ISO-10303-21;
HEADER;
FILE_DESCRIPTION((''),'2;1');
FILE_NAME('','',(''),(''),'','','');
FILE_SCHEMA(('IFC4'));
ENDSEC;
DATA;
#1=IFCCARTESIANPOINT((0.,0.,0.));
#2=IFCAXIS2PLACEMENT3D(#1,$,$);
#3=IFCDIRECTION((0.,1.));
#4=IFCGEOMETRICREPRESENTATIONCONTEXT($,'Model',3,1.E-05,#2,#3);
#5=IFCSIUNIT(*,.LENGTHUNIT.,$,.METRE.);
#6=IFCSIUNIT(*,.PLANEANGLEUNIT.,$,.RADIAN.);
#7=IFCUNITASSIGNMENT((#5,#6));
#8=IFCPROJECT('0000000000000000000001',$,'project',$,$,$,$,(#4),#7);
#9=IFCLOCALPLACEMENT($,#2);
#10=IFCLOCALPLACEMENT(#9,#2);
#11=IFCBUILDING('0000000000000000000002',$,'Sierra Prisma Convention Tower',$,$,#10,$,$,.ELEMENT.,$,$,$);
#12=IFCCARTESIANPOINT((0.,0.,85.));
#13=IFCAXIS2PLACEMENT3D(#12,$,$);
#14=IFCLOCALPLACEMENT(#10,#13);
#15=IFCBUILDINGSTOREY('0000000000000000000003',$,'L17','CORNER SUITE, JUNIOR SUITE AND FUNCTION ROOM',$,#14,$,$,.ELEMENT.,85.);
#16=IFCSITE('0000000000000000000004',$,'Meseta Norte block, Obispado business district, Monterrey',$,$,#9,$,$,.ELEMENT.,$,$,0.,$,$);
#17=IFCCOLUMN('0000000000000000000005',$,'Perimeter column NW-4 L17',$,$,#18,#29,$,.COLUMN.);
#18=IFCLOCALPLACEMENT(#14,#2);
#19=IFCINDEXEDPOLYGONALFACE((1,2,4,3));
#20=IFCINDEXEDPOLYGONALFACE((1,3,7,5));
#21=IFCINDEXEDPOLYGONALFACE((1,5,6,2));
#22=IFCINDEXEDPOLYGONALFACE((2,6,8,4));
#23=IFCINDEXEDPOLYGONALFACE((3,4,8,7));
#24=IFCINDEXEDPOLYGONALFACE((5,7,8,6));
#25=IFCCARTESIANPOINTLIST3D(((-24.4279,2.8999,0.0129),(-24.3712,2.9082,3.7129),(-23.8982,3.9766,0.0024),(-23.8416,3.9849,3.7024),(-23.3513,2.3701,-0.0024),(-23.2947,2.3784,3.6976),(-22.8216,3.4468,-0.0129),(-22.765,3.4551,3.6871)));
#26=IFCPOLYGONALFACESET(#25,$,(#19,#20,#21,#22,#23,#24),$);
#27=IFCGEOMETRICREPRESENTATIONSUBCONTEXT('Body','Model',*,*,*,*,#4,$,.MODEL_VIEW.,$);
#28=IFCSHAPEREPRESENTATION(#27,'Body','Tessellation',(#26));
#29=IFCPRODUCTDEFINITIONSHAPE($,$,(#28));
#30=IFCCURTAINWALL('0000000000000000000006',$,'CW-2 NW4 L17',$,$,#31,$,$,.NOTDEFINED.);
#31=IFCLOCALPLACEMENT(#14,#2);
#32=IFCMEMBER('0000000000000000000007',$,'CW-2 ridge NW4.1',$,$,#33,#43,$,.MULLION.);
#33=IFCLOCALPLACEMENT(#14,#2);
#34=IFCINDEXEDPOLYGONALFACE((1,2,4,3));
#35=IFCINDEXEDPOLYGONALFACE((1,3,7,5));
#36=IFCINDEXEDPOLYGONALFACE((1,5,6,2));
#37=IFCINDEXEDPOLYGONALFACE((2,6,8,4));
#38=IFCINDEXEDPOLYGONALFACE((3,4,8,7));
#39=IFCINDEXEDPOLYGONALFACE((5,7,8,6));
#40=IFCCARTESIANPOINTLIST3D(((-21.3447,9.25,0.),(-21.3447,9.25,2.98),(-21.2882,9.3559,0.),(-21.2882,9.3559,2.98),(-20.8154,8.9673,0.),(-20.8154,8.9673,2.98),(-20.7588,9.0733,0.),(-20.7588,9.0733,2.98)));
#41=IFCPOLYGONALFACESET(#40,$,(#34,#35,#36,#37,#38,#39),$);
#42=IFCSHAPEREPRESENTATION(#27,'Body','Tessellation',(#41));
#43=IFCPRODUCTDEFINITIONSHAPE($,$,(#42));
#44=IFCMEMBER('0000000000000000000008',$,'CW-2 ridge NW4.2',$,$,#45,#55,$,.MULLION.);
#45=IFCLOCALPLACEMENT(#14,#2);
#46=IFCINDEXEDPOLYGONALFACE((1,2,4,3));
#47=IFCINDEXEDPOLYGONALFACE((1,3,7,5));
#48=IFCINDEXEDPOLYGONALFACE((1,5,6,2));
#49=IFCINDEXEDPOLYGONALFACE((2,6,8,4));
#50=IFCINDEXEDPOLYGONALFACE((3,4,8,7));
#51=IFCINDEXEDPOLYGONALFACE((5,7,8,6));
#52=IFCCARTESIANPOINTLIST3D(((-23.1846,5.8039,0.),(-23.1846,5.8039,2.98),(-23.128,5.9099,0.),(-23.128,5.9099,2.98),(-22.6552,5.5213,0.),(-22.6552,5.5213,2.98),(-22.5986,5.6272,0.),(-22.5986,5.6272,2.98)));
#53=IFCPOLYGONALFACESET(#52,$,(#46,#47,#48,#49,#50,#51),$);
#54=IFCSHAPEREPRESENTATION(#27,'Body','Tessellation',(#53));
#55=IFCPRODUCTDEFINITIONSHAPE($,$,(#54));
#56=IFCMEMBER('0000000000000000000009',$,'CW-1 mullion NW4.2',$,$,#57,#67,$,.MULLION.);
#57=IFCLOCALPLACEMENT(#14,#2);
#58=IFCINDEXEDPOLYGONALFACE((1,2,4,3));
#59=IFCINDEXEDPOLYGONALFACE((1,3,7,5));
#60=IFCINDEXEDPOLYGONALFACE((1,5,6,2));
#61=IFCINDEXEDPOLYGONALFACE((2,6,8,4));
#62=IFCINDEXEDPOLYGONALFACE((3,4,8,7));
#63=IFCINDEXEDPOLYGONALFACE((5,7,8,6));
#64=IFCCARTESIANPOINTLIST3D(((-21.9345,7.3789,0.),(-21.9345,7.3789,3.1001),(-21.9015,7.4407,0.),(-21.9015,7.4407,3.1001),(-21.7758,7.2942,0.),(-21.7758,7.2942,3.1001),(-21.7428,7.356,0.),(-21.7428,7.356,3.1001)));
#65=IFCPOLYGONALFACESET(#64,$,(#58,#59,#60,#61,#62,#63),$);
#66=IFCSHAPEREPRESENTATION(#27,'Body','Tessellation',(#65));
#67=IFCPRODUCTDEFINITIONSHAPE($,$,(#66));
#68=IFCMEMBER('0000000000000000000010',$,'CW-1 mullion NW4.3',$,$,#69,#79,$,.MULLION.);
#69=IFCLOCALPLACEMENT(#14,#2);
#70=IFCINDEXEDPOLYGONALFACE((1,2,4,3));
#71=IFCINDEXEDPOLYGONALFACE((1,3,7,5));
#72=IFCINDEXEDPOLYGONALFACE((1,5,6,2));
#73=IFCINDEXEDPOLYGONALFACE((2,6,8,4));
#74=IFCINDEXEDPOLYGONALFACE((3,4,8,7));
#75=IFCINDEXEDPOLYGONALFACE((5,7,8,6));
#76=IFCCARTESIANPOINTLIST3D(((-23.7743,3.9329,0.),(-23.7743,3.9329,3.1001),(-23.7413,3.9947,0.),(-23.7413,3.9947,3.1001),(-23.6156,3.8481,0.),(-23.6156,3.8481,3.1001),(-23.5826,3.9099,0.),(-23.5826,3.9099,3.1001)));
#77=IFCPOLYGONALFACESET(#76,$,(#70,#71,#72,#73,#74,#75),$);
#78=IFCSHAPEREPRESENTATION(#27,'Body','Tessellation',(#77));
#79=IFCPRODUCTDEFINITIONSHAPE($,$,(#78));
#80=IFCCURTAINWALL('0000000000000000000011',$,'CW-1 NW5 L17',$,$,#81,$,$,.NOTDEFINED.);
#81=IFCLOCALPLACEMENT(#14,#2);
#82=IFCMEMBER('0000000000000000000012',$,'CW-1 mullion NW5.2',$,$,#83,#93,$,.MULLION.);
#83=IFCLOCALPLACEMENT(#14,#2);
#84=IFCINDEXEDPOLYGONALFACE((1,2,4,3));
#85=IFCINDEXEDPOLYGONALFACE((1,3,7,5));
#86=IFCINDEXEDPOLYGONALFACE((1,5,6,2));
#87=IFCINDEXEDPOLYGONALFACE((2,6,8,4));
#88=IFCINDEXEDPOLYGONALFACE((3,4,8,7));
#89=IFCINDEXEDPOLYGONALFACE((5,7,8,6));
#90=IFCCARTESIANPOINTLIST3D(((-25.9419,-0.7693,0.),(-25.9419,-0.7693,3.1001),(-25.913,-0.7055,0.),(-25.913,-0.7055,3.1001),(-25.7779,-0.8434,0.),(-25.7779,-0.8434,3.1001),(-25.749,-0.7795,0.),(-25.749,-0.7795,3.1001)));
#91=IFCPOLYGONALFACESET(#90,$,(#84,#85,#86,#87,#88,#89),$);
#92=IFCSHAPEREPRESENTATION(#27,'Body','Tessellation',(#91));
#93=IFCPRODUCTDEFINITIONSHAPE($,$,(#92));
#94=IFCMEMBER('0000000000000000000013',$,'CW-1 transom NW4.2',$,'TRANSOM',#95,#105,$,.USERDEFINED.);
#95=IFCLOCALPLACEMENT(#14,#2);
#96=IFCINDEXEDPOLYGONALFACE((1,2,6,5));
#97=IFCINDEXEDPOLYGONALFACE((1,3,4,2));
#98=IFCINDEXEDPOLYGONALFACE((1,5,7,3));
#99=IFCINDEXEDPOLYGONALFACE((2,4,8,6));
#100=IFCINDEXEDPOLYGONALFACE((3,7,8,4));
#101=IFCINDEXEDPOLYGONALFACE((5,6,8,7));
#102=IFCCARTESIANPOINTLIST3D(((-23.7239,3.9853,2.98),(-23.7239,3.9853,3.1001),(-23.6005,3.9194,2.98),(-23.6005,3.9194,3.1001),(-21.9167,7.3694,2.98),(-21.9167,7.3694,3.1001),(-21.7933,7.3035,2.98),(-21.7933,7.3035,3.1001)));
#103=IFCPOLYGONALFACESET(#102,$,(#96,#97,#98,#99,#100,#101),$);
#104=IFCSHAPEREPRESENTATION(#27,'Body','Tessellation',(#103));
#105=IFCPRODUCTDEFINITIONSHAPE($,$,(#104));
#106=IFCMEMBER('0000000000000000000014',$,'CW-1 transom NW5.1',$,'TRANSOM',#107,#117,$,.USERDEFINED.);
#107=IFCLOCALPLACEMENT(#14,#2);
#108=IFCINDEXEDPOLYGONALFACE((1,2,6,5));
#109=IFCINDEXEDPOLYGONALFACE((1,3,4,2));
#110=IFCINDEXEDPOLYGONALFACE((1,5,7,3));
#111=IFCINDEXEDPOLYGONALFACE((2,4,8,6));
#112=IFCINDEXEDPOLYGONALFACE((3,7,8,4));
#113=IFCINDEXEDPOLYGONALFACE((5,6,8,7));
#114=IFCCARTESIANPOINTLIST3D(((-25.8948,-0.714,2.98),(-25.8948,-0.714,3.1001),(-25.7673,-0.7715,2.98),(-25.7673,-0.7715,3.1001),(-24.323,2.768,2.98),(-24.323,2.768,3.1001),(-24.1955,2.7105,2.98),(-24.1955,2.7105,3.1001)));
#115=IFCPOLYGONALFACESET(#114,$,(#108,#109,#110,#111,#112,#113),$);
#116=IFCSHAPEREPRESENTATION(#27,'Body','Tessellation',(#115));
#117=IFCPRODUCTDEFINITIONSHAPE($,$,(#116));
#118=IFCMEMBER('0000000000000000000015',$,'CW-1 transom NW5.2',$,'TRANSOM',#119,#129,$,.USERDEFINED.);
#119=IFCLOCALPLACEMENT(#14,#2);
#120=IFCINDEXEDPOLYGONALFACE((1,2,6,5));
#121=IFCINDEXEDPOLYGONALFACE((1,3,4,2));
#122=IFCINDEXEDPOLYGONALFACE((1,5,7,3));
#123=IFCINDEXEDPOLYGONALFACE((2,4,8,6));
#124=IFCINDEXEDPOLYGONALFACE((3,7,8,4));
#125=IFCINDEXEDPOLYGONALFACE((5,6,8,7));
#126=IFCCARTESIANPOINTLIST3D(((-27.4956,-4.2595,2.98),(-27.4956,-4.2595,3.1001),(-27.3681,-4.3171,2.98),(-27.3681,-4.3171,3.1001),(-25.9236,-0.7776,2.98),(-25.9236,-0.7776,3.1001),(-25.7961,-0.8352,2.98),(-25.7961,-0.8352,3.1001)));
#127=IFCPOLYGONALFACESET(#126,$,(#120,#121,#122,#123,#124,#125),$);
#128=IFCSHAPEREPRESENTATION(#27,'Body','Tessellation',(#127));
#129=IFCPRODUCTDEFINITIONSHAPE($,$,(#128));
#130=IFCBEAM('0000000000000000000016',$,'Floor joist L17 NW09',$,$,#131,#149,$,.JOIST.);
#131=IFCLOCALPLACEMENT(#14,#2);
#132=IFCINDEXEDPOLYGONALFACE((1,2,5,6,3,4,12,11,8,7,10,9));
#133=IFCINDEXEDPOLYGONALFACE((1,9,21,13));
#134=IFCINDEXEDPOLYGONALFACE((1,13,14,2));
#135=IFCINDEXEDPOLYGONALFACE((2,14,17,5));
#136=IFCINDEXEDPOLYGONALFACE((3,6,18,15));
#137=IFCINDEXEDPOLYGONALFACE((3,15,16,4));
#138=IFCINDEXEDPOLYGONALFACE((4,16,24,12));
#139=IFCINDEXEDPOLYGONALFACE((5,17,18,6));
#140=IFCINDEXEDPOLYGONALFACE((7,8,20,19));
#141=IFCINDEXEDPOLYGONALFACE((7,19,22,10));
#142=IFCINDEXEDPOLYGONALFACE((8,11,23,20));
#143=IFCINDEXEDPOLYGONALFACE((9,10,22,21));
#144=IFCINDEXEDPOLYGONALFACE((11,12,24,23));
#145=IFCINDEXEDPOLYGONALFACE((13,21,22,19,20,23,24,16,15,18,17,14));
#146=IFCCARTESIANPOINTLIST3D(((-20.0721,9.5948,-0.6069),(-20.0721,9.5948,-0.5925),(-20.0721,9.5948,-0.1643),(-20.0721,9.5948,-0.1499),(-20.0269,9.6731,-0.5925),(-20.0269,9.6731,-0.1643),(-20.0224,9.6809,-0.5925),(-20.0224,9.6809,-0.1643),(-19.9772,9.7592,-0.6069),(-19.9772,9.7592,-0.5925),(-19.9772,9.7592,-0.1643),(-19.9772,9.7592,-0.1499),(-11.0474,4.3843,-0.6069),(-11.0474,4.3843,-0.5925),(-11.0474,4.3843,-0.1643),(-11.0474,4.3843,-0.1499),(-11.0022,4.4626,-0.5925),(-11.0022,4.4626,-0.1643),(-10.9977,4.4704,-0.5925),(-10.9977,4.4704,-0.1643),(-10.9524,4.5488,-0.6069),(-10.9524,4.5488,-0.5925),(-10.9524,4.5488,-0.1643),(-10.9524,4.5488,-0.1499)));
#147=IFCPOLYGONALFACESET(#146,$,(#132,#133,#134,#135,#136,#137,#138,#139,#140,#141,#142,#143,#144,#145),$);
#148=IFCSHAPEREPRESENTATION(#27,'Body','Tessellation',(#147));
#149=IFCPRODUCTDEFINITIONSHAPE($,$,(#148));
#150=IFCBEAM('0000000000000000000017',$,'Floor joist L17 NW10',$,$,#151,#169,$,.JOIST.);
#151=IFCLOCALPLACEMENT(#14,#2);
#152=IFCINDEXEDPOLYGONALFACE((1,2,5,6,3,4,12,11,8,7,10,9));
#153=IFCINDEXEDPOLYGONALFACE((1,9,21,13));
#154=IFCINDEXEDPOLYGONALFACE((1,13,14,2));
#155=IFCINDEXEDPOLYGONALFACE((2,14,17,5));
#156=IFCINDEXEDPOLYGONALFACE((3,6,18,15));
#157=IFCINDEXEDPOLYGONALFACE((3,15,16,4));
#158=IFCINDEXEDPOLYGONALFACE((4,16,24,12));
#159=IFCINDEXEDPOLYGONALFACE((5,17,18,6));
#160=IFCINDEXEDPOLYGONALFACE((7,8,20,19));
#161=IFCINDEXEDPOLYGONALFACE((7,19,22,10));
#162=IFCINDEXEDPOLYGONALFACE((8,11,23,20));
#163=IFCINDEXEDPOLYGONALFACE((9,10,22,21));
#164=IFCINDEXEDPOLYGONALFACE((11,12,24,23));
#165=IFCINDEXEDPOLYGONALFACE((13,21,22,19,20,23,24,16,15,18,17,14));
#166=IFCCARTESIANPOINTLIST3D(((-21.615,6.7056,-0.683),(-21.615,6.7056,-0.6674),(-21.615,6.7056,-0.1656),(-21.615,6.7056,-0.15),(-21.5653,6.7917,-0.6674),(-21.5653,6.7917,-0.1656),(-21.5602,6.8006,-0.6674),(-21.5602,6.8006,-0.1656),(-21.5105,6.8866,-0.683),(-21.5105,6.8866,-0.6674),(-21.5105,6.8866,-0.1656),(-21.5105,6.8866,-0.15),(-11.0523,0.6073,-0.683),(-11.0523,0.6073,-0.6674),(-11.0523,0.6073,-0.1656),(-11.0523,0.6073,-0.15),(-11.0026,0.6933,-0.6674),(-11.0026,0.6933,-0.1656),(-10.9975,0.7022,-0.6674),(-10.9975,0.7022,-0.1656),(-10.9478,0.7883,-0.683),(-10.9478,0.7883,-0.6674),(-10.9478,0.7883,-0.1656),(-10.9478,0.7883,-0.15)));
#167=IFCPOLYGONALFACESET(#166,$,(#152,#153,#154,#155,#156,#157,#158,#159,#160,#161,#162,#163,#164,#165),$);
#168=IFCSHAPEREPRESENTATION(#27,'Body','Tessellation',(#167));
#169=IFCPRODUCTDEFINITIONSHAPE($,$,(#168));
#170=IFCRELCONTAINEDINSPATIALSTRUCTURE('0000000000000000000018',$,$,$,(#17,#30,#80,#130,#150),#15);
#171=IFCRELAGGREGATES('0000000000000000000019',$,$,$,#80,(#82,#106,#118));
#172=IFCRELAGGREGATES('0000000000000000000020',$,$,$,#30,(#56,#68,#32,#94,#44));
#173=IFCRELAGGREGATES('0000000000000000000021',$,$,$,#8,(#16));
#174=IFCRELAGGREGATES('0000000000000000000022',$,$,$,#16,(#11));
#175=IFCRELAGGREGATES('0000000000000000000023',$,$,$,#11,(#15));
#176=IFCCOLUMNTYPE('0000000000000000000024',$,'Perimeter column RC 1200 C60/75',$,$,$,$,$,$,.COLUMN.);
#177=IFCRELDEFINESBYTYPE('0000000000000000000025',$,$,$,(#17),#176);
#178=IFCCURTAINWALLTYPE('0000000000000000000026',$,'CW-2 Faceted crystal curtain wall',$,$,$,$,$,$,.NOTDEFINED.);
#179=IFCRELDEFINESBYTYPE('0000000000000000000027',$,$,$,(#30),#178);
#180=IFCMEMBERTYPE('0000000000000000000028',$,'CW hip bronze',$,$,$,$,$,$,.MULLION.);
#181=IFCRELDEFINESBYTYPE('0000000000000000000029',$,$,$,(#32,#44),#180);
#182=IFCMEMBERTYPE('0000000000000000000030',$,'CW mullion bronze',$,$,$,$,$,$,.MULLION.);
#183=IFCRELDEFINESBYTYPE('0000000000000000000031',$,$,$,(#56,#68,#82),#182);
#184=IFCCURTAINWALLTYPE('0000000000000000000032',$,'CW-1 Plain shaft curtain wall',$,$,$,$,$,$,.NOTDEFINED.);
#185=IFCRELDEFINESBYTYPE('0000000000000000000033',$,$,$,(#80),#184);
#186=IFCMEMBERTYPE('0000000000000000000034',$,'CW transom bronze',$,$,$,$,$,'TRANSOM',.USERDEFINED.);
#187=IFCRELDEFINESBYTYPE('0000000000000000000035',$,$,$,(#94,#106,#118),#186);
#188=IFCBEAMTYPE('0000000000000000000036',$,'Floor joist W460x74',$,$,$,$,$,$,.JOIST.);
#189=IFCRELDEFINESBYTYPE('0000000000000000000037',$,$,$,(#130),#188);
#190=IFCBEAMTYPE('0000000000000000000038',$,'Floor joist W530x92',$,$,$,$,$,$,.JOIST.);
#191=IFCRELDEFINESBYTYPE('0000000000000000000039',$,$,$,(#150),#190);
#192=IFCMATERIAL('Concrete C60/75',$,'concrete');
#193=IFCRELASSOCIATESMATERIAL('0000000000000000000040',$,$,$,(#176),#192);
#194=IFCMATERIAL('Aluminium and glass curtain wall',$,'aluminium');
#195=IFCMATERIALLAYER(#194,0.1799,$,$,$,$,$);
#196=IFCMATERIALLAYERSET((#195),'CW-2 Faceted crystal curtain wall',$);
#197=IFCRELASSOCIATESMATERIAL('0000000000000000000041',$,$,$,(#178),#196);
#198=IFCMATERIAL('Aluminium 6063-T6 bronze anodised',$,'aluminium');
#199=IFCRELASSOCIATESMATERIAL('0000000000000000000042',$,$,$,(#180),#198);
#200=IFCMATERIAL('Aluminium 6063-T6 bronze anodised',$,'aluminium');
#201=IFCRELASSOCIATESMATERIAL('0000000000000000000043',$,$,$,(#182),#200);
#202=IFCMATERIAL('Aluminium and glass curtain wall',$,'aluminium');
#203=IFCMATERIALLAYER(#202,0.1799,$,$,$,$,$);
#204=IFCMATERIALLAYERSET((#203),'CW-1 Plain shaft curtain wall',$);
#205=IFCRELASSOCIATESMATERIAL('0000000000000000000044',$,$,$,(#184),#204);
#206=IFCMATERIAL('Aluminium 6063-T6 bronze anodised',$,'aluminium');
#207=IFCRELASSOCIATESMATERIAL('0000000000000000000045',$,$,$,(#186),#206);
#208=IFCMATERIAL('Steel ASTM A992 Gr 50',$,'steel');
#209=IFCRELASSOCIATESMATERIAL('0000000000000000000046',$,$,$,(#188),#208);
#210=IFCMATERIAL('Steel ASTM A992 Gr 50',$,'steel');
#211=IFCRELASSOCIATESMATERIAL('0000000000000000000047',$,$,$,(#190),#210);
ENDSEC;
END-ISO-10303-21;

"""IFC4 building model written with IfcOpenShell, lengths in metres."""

from ifc_helpers import new_model, si_unit, direction, frame, origin, origin_2d, place, context, subcontext, project, spatial, rectangle, i_section, extrude, material, layer, layer_set, material_profile, profile_set, type_object, element, aggregate, save


model = new_model("IFC4")

# Units and contexts
model_context = context("Model", 3, precision=1e-05, world=origin(), true_north=direction((0.0, 1.0)))
body_context = subcontext(model_context, "Body", "Model", "MODEL_VIEW")
ifc_project = project(units=[si_unit("LENGTHUNIT", "METRE"), si_unit("PLANEANGLEUNIT", "RADIAN")], contexts=[model_context])

# Site, building, storey
site_placement = place(None, origin())
site = spatial("IfcSite", under=ifc_project, at=site_placement, Name="Meseta Norte block, Obispado business district, Monterrey", CompositionType="ELEMENT", RefElevation=0.0)
building_placement = place(site_placement, origin())
building = spatial("IfcBuilding", under=site, at=building_placement, Name="Sierra Prisma Convention Tower", CompositionType="ELEMENT")
storey_placement = place(building_placement, frame((0.0, 0.0, 85.0)))
storey = spatial("IfcBuildingStorey", under=building, at=storey_placement, Name="L17", Description="CORNER SUITE, JUNIOR SUITE AND FUNCTION ROOM", CompositionType="ELEMENT", Elevation=85.0)

# Column
ifc_material_1 = material(Name="Concrete C60/75", Category="concrete")
ifc_material_profile_1 = material_profile(ifc_material_1, rectangle(XDim=1.2, YDim=1.2, at=origin_2d()), Name="Perimeter column RC 1200 C60/75")
ifc_profile_set_1 = profile_set([ifc_material_profile_1], Name="Concrete C60/75")
column_type = type_object("IfcColumnType", Name="Perimeter column RC 1200 C60/75", PredefinedType="COLUMN", material=ifc_profile_set_1)
column_placement = place(storey_placement, frame((-23.6248, 3.1733, 0.0), z_axis=(0.015307, 0.002243, 0.99988), x_axis=(0.441417, 0.897259, -0.00877)))
element("IfcColumn", 1, at=column_placement, inside=storey, type_object=column_type, Name="Perimeter column NW-4 L17", PredefinedType="COLUMN", context=body_context, shape_type="SweptSolid", body=[
    extrude(rectangle(XDim=1.2, YDim=1.2, at=origin_2d()), origin(), (0.0, 0.0, 1.0), 3.7004),
])

# Curtain wall, members
ifc_material_2 = material(Name="Aluminium and glass curtain wall", Category="aluminium")
ifc_layer_1 = layer(ifc_material_2, 0.1799)
ifc_layer_set_1 = layer_set([ifc_layer_1], Name="CW-2 Faceted crystal curtain wall")
curtain_wall_type_1 = type_object("IfcCurtainWallType", Name="CW-2 Faceted crystal curtain wall", PredefinedType="NOTDEFINED", material=ifc_layer_set_1)
curtain_wall_1_placement = place(storey_placement, origin())
curtain_wall_1 = element("IfcCurtainWall", 2, at=curtain_wall_1_placement, inside=storey, type_object=curtain_wall_type_1, Name="CW-2 NW4 L17", PredefinedType="NOTDEFINED")
ifc_material_3 = material(Name="Aluminium 6063-T6 bronze anodised", Category="aluminium")
ifc_material_profile_2 = material_profile(ifc_material_3, rectangle(XDim=0.1201, YDim=0.6001, at=origin_2d()), Name="ALU RIDGE BLADE 120x600")
ifc_profile_set_2 = profile_set([ifc_material_profile_2], Name="Aluminium 6063-T6 bronze anodised")
member_type_1 = type_object("IfcMemberType", Name="CW hip bronze", PredefinedType="MULLION", material=ifc_profile_set_2)
member_1_placement = place(storey_placement, frame((-21.0518, 9.1616, 0.0), z_axis=(0.0, 0.0, 1.0), x_axis=(-0.470994, -0.882137, 0.0)))
member_1 = element("IfcMember", 3, at=member_1_placement, type_object=member_type_1, Name="CW-2 ridge NW4.1", PredefinedType="MULLION", context=body_context, shape_type="SweptSolid", body=[
    extrude(rectangle(XDim=0.1201, YDim=0.6001, at=origin_2d()), origin(), (0.0, 0.0, 1.0), 2.98),
])
member_2_placement = place(storey_placement, frame((-22.8916, 5.7156, 0.0), z_axis=(0.0, 0.0, 1.0), x_axis=(-0.470994, -0.882137, 0.0)))
member_2 = element("IfcMember", 4, at=member_2_placement, type_object=member_type_1, Name="CW-2 ridge NW4.2", PredefinedType="MULLION", context=body_context, shape_type="SweptSolid", body=[
    extrude(rectangle(XDim=0.1201, YDim=0.6001, at=origin_2d()), origin(), (0.0, 0.0, 1.0), 2.98),
])
ifc_material_4 = material(Name="Aluminium 6063-T6 bronze anodised", Category="aluminium")
ifc_material_profile_3 = material_profile(ifc_material_4, rectangle(XDim=0.1799, YDim=0.0701, at=origin_2d()), Name="ALU MULLION 70x180")
ifc_profile_set_3 = profile_set([ifc_material_profile_3], Name="Aluminium 6063-T6 bronze anodised")
member_type_2 = type_object("IfcMemberType", Name="CW mullion bronze", PredefinedType="MULLION", material=ifc_profile_set_3)
member_3_placement = place(storey_placement, frame((-21.8386, 7.3674, 0.0), z_axis=(0.0, 0.0, 1.0), x_axis=(0.882137, -0.470994, 0.0)))
member_3 = element("IfcMember", 5, at=member_3_placement, type_object=member_type_2, Name="CW-1 mullion NW4.2", PredefinedType="MULLION", context=body_context, shape_type="SweptSolid", body=[
    extrude(rectangle(XDim=0.1799, YDim=0.0701, at=origin_2d()), origin(), (0.0, 0.0, 1.0), 3.1001),
])
member_4_placement = place(storey_placement, frame((-23.6785, 3.9214, 0.0), z_axis=(0.0, 0.0, 1.0), x_axis=(0.882137, -0.470994, 0.0)))
member_4 = element("IfcMember", 6, at=member_4_placement, type_object=member_type_2, Name="CW-1 mullion NW4.3", PredefinedType="MULLION", context=body_context, shape_type="SweptSolid", body=[
    extrude(rectangle(XDim=0.1799, YDim=0.0701, at=origin_2d()), origin(), (0.0, 0.0, 1.0), 3.1001),
])

# Curtain wall, member
ifc_material_5 = material(Name="Aluminium and glass curtain wall", Category="aluminium")
ifc_layer_2 = layer(ifc_material_5, 0.1799)
ifc_layer_set_2 = layer_set([ifc_layer_2], Name="CW-1 Plain shaft curtain wall")
curtain_wall_type_2 = type_object("IfcCurtainWallType", Name="CW-1 Plain shaft curtain wall", PredefinedType="NOTDEFINED", material=ifc_layer_set_2)
curtain_wall_2_placement = place(storey_placement, origin())
curtain_wall_2 = element("IfcCurtainWall", 7, at=curtain_wall_2_placement, inside=storey, type_object=curtain_wall_type_2, Name="CW-1 NW5 L17", PredefinedType="NOTDEFINED")
member_5_placement = place(storey_placement, frame((-25.8455, -0.7744, 0.0), z_axis=(0.0, 0.0, 1.0), x_axis=(0.911429, -0.411458, 0.0)))
member_5 = element("IfcMember", 8, at=member_5_placement, type_object=member_type_2, Name="CW-1 mullion NW5.2", PredefinedType="MULLION", context=body_context, shape_type="SweptSolid", body=[
    extrude(rectangle(XDim=0.1799, YDim=0.0701, at=origin_2d()), origin(), (0.0, 0.0, 1.0), 3.1001),
])

# Members
ifc_material_6 = material(Name="Aluminium 6063-T6 bronze anodised", Category="aluminium")
ifc_material_profile_4 = material_profile(ifc_material_6, rectangle(XDim=0.1399, YDim=0.1201, at=origin_2d()), Name="ALU TRANSOM 120x140")
ifc_profile_set_4 = profile_set([ifc_material_profile_4], Name="Aluminium 6063-T6 bronze anodised")
member_type_3 = type_object("IfcMemberType", Name="CW transom bronze", ElementType="TRANSOM", PredefinedType="USERDEFINED", material=ifc_profile_set_4)
member_6_placement = place(storey_placement, frame((-21.855, 7.3364, 3.04), z_axis=(-0.471057, -0.882103, 0.0), x_axis=(0.882103, -0.471057, 0.0)))
member_6 = element("IfcMember", 9, at=member_6_placement, type_object=member_type_3, Name="CW-1 transom NW4.2", ObjectType="TRANSOM", PredefinedType="USERDEFINED", context=body_context, shape_type="SweptSolid", body=[
    extrude(rectangle(XDim=0.1399, YDim=0.1201, at=origin_2d()), origin(), (0.0, 0.0, 1.0), 3.8364),
])
member_7_placement = place(storey_placement, frame((-24.2593, 2.7393, 3.04), z_axis=(-0.411433, -0.91144, 0.0), x_axis=(0.91144, -0.411433, 0.0)))
member_7 = element("IfcMember", 10, at=member_7_placement, type_object=member_type_3, Name="CW-1 transom NW5.1", ObjectType="TRANSOM", PredefinedType="USERDEFINED", context=body_context, shape_type="SweptSolid", body=[
    extrude(rectangle(XDim=0.1399, YDim=0.1201, at=origin_2d()), origin(), (0.0, 0.0, 1.0), 3.8203),
])
member_8_placement = place(storey_placement, frame((-25.8599, -0.8064, 3.04), z_axis=(-0.411486, -0.911416, 0.0), x_axis=(0.911416, -0.411486, 0.0)))
member_8 = element("IfcMember", 11, at=member_8_placement, type_object=member_type_3, Name="CW-1 transom NW5.2", ObjectType="TRANSOM", PredefinedType="USERDEFINED", context=body_context, shape_type="SweptSolid", body=[
    extrude(rectangle(XDim=0.1399, YDim=0.1201, at=origin_2d()), origin(), (0.0, 0.0, 1.0), 3.8203),
])

# Beams
ifc_material_7 = material(Name="Steel ASTM A992 Gr 50", Category="steel")
ifc_material_profile_5 = material_profile(ifc_material_7, i_section(OverallWidth=0.1899, OverallDepth=0.457, WebThickness=0.009, FlangeThickness=0.0144, at=origin_2d()), Name="W460x74")
ifc_profile_set_5 = profile_set([ifc_material_profile_5], Name="Steel ASTM A992 Gr 50")
beam_type_1 = type_object("IfcBeamType", Name="Floor joist W460x74", PredefinedType="JOIST", material=ifc_profile_set_5)
beam_1_placement = place(storey_placement, frame((-20.0247, 9.677, -0.3784), z_axis=(0.866023, -0.500004, 0.0), x_axis=(0.500004, 0.866023, 0.0)))
element("IfcBeam", 12, at=beam_1_placement, inside=storey, type_object=beam_type_1, Name="Floor joist L17 NW09", PredefinedType="JOIST", context=body_context, shape_type="SweptSolid", body=[
    extrude(i_section(OverallWidth=0.1899, OverallDepth=0.457, WebThickness=0.009, FlangeThickness=0.0144, at=origin_2d()), origin(), (0.0, 0.0, 1.0), 10.4209),
])
ifc_material_8 = material(Name="Steel ASTM A992 Gr 50", Category="steel")
ifc_material_profile_6 = material_profile(ifc_material_8, i_section(OverallWidth=0.209, OverallDepth=0.533, WebThickness=0.0103, FlangeThickness=0.0156, at=origin_2d()), Name="W530x92")
ifc_profile_set_6 = profile_set([ifc_material_profile_6], Name="Steel ASTM A992 Gr 50")
beam_type_2 = type_object("IfcBeamType", Name="Floor joist W530x92", PredefinedType="JOIST", material=ifc_profile_set_6)
beam_2_placement = place(storey_placement, frame((-21.5627, 6.7961, -0.4165), z_axis=(0.866026, -0.499999, 0.0), x_axis=(0.499999, 0.866026, 0.0)))
element("IfcBeam", 13, at=beam_2_placement, inside=storey, type_object=beam_type_2, Name="Floor joist L17 NW10", PredefinedType="JOIST", context=body_context, shape_type="SweptSolid", body=[
    extrude(i_section(OverallWidth=0.209, OverallDepth=0.533, WebThickness=0.0103, FlangeThickness=0.0156, at=origin_2d()), origin(), (0.0, 0.0, 1.0), 12.1968),
])

aggregate(curtain_wall_2, [member_5, member_7, member_8])
aggregate(curtain_wall_1, [member_3, member_4, member_1, member_6, member_2])

save(model, "model.ifc")
